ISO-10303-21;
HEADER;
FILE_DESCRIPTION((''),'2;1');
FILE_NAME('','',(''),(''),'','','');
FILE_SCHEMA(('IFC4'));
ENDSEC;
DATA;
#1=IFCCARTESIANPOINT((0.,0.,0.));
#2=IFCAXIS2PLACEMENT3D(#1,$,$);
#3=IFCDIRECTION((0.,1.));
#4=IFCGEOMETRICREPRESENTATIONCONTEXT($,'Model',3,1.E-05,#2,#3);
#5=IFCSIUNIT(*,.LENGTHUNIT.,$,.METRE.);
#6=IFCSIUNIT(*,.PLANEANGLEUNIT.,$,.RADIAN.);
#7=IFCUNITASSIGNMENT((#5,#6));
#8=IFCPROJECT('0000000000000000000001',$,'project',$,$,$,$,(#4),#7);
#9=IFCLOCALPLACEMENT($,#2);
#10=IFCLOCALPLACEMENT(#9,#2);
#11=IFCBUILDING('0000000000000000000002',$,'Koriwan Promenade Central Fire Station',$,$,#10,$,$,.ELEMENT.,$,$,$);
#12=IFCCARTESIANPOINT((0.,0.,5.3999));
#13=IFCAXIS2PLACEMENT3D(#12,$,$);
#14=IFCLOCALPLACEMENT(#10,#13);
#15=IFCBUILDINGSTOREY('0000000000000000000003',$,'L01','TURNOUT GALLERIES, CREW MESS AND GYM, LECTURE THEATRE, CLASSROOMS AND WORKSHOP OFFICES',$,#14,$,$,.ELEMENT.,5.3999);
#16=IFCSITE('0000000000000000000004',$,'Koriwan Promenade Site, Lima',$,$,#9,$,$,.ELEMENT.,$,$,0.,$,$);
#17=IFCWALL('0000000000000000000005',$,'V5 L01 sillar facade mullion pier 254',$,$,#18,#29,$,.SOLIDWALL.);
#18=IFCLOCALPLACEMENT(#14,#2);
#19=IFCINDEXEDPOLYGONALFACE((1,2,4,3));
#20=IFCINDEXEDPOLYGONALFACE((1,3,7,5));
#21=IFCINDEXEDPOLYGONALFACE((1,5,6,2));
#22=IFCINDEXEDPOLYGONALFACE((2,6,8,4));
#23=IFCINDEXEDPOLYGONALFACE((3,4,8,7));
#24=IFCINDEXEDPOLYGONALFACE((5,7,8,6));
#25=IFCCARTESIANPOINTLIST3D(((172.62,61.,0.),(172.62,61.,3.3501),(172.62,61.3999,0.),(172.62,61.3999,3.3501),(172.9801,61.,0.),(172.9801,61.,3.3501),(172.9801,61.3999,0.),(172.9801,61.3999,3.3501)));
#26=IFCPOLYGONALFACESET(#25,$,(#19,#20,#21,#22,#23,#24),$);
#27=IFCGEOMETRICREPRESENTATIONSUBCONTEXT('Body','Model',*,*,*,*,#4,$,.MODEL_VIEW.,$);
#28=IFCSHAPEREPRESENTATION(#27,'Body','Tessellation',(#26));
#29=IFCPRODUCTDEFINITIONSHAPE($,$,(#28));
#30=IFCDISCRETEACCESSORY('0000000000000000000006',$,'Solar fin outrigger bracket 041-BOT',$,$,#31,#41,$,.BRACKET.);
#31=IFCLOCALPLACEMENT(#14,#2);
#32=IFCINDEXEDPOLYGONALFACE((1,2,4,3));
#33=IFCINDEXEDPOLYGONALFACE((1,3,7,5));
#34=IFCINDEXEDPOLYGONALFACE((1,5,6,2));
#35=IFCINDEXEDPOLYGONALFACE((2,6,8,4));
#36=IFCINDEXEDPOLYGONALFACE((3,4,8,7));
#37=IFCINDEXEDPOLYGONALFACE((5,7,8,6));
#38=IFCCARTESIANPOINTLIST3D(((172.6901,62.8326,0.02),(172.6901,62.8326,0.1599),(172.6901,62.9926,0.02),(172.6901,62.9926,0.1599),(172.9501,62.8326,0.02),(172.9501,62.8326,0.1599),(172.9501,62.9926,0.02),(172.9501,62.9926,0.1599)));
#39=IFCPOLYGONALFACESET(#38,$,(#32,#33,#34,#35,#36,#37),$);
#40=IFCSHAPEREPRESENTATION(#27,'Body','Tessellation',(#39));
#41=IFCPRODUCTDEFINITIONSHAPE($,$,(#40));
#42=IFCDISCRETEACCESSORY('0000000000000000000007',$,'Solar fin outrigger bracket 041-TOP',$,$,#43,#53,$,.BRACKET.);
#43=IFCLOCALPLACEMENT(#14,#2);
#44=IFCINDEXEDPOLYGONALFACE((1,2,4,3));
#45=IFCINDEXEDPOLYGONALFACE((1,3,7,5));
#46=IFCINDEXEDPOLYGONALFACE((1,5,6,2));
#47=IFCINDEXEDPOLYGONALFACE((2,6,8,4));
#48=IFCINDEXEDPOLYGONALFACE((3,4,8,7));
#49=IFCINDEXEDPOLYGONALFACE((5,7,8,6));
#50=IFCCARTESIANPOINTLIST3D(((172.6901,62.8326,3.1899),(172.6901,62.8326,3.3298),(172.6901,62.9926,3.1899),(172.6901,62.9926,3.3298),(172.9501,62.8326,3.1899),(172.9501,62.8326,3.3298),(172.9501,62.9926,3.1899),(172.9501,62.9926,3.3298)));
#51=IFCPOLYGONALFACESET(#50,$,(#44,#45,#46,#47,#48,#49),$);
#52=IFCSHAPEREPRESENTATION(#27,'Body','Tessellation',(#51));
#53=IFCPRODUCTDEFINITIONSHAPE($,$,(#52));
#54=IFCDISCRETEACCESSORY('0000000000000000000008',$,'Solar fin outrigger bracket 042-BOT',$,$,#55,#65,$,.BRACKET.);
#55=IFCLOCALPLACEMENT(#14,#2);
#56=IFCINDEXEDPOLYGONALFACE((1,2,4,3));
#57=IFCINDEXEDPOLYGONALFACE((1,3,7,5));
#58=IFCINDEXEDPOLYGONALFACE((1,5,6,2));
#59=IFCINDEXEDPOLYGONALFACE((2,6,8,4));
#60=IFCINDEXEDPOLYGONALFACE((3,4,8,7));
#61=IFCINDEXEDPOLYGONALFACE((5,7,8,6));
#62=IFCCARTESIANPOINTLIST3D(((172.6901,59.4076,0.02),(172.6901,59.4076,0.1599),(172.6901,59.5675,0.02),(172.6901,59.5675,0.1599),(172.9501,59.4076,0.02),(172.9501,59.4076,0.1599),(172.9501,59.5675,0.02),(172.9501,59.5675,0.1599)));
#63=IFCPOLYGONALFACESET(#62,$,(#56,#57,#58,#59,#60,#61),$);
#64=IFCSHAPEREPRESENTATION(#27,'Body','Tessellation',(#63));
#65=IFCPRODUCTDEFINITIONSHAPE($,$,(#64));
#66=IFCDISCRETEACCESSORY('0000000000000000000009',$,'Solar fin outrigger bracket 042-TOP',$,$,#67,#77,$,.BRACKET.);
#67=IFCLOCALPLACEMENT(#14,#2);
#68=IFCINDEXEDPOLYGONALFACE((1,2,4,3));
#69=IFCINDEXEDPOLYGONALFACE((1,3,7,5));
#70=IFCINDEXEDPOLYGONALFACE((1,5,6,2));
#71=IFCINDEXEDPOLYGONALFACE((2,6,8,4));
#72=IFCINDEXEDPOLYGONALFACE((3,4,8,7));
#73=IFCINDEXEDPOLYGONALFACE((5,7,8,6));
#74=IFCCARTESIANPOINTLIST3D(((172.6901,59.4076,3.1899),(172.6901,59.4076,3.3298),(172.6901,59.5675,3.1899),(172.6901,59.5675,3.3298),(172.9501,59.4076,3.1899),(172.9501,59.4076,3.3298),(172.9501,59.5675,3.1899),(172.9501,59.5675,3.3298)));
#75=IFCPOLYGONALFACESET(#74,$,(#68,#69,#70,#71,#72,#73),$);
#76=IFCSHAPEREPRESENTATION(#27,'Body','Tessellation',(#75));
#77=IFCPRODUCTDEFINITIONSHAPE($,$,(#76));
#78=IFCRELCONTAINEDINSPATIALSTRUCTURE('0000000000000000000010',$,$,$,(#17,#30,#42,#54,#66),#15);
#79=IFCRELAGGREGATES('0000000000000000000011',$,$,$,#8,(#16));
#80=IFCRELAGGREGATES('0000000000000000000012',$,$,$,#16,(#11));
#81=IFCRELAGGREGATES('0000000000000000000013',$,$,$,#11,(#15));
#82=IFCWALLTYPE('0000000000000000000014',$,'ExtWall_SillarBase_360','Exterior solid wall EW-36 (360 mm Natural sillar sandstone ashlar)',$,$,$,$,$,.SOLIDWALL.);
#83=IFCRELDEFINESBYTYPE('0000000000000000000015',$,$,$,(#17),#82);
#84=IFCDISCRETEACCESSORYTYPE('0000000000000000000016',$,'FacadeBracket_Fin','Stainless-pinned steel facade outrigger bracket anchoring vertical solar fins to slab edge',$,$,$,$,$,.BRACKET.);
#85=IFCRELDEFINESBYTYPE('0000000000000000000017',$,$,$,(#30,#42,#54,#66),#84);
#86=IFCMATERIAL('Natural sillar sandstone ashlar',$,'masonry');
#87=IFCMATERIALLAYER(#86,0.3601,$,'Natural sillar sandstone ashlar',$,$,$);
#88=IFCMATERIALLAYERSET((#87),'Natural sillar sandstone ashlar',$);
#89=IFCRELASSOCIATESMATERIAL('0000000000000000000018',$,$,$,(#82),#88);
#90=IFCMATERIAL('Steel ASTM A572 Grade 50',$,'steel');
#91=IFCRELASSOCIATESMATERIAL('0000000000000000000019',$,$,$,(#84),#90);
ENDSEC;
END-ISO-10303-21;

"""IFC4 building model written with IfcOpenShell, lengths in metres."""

from ifc_helpers import new_model, si_unit, direction, frame, frame_2d, origin, origin_2d, place, context, subcontext, project, spatial, rectangle, extrude, material, layer, layer_set, type_object, element, save


model = new_model("IFC4")

# Units and contexts
model_context = context("Model", 3, precision=1e-05, world=origin(), true_north=direction((0.0, 1.0)))
body_context = subcontext(model_context, "Body", "Model", "MODEL_VIEW")
ifc_project = project(units=[si_unit("LENGTHUNIT", "METRE"), si_unit("PLANEANGLEUNIT", "RADIAN")], contexts=[model_context])

# Site, building, storey
site_placement = place(None, origin())
site = spatial("IfcSite", under=ifc_project, at=site_placement, Name="Koriwan Promenade Site, Lima", CompositionType="ELEMENT", RefElevation=0.0)
building_placement = place(site_placement, origin())
building = spatial("IfcBuilding", under=site, at=building_placement, Name="Koriwan Promenade Central Fire Station", CompositionType="ELEMENT")
storey_placement = place(building_placement, frame((0.0, 0.0, 5.3999)))
storey = spatial("IfcBuildingStorey", under=building, at=storey_placement, Name="L01", Description="TURNOUT GALLERIES, CREW MESS AND GYM, LECTURE THEATRE, CLASSROOMS AND WORKSHOP OFFICES", CompositionType="ELEMENT", Elevation=5.3999)

# Wall
ifc_material_1 = material(Name="Natural sillar sandstone ashlar", Category="masonry")
ifc_layer_1 = layer(ifc_material_1, 0.3601, Name="Natural sillar sandstone ashlar")
ifc_layer_set_1 = layer_set([ifc_layer_1], Name="Natural sillar sandstone ashlar")
wall_type = type_object("IfcWallType", Name="ExtWall_SillarBase_360", Description="Exterior solid wall EW-36 (360 mm Natural sillar sandstone ashlar)", PredefinedType="SOLIDWALL", material=ifc_layer_set_1)
wall_placement = place(storey_placement, frame((172.8, 61.3999, 0.0), z_axis=(0.0, 0.0, 1.0), x_axis=(0.0, -1.0, 0.0)))
element("IfcWall", 1, at=wall_placement, inside=storey, type_object=wall_type, Name="V5 L01 sillar facade mullion pier 254", PredefinedType="SOLIDWALL", context=body_context, shape_type="SweptSolid", body=[
    extrude(rectangle(XDim=0.3999, YDim=0.3601, at=frame_2d((0.2, 0.0))), origin(), (0.0, 0.0, 1.0), 3.3501),
])

# Discrete accessories
ifc_material_2 = material(Name="Steel ASTM A572 Grade 50", Category="steel")
discrete_accessory_type = type_object("IfcDiscreteAccessoryType", Name="FacadeBracket_Fin", Description="Stainless-pinned steel facade outrigger bracket anchoring vertical solar fins to slab edge", PredefinedType="BRACKET", material=ifc_material_2)
for number, where, z_axis, x_axis, name in (
    (2, (172.8201, 62.9126, 0.02), (0.0, 0.0, 1.0), (1.0, 0.0, 0.0), "Solar fin outrigger bracket 041-BOT"),
    (3, (172.8201, 62.9126, 3.1899), (0.0, 0.0, 1.0), (1.0, 0.0, 0.0), "Solar fin outrigger bracket 041-TOP"),
    (4, (172.8201, 59.4875, 0.02), (0.0, 0.0, 1.0), (1.0, 0.0, 0.0), "Solar fin outrigger bracket 042-BOT"),
    (5, (172.8201, 59.4875, 3.1899), (0.0, 0.0, 1.0), (1.0, 0.0, 0.0), "Solar fin outrigger bracket 042-TOP"),
):
    element("IfcDiscreteAccessory", number, at=place(storey_placement, frame(where, z_axis=z_axis, x_axis=x_axis)), inside=storey, type_object=discrete_accessory_type, Name=name, PredefinedType="BRACKET", context=body_context, shape_type="SweptSolid", body=[
        extrude(rectangle(XDim=0.26, YDim=0.1599, at=origin_2d()), origin(), (0.0, 0.0, 1.0), 0.1399),
    ])

save(model, "model.ifc")
